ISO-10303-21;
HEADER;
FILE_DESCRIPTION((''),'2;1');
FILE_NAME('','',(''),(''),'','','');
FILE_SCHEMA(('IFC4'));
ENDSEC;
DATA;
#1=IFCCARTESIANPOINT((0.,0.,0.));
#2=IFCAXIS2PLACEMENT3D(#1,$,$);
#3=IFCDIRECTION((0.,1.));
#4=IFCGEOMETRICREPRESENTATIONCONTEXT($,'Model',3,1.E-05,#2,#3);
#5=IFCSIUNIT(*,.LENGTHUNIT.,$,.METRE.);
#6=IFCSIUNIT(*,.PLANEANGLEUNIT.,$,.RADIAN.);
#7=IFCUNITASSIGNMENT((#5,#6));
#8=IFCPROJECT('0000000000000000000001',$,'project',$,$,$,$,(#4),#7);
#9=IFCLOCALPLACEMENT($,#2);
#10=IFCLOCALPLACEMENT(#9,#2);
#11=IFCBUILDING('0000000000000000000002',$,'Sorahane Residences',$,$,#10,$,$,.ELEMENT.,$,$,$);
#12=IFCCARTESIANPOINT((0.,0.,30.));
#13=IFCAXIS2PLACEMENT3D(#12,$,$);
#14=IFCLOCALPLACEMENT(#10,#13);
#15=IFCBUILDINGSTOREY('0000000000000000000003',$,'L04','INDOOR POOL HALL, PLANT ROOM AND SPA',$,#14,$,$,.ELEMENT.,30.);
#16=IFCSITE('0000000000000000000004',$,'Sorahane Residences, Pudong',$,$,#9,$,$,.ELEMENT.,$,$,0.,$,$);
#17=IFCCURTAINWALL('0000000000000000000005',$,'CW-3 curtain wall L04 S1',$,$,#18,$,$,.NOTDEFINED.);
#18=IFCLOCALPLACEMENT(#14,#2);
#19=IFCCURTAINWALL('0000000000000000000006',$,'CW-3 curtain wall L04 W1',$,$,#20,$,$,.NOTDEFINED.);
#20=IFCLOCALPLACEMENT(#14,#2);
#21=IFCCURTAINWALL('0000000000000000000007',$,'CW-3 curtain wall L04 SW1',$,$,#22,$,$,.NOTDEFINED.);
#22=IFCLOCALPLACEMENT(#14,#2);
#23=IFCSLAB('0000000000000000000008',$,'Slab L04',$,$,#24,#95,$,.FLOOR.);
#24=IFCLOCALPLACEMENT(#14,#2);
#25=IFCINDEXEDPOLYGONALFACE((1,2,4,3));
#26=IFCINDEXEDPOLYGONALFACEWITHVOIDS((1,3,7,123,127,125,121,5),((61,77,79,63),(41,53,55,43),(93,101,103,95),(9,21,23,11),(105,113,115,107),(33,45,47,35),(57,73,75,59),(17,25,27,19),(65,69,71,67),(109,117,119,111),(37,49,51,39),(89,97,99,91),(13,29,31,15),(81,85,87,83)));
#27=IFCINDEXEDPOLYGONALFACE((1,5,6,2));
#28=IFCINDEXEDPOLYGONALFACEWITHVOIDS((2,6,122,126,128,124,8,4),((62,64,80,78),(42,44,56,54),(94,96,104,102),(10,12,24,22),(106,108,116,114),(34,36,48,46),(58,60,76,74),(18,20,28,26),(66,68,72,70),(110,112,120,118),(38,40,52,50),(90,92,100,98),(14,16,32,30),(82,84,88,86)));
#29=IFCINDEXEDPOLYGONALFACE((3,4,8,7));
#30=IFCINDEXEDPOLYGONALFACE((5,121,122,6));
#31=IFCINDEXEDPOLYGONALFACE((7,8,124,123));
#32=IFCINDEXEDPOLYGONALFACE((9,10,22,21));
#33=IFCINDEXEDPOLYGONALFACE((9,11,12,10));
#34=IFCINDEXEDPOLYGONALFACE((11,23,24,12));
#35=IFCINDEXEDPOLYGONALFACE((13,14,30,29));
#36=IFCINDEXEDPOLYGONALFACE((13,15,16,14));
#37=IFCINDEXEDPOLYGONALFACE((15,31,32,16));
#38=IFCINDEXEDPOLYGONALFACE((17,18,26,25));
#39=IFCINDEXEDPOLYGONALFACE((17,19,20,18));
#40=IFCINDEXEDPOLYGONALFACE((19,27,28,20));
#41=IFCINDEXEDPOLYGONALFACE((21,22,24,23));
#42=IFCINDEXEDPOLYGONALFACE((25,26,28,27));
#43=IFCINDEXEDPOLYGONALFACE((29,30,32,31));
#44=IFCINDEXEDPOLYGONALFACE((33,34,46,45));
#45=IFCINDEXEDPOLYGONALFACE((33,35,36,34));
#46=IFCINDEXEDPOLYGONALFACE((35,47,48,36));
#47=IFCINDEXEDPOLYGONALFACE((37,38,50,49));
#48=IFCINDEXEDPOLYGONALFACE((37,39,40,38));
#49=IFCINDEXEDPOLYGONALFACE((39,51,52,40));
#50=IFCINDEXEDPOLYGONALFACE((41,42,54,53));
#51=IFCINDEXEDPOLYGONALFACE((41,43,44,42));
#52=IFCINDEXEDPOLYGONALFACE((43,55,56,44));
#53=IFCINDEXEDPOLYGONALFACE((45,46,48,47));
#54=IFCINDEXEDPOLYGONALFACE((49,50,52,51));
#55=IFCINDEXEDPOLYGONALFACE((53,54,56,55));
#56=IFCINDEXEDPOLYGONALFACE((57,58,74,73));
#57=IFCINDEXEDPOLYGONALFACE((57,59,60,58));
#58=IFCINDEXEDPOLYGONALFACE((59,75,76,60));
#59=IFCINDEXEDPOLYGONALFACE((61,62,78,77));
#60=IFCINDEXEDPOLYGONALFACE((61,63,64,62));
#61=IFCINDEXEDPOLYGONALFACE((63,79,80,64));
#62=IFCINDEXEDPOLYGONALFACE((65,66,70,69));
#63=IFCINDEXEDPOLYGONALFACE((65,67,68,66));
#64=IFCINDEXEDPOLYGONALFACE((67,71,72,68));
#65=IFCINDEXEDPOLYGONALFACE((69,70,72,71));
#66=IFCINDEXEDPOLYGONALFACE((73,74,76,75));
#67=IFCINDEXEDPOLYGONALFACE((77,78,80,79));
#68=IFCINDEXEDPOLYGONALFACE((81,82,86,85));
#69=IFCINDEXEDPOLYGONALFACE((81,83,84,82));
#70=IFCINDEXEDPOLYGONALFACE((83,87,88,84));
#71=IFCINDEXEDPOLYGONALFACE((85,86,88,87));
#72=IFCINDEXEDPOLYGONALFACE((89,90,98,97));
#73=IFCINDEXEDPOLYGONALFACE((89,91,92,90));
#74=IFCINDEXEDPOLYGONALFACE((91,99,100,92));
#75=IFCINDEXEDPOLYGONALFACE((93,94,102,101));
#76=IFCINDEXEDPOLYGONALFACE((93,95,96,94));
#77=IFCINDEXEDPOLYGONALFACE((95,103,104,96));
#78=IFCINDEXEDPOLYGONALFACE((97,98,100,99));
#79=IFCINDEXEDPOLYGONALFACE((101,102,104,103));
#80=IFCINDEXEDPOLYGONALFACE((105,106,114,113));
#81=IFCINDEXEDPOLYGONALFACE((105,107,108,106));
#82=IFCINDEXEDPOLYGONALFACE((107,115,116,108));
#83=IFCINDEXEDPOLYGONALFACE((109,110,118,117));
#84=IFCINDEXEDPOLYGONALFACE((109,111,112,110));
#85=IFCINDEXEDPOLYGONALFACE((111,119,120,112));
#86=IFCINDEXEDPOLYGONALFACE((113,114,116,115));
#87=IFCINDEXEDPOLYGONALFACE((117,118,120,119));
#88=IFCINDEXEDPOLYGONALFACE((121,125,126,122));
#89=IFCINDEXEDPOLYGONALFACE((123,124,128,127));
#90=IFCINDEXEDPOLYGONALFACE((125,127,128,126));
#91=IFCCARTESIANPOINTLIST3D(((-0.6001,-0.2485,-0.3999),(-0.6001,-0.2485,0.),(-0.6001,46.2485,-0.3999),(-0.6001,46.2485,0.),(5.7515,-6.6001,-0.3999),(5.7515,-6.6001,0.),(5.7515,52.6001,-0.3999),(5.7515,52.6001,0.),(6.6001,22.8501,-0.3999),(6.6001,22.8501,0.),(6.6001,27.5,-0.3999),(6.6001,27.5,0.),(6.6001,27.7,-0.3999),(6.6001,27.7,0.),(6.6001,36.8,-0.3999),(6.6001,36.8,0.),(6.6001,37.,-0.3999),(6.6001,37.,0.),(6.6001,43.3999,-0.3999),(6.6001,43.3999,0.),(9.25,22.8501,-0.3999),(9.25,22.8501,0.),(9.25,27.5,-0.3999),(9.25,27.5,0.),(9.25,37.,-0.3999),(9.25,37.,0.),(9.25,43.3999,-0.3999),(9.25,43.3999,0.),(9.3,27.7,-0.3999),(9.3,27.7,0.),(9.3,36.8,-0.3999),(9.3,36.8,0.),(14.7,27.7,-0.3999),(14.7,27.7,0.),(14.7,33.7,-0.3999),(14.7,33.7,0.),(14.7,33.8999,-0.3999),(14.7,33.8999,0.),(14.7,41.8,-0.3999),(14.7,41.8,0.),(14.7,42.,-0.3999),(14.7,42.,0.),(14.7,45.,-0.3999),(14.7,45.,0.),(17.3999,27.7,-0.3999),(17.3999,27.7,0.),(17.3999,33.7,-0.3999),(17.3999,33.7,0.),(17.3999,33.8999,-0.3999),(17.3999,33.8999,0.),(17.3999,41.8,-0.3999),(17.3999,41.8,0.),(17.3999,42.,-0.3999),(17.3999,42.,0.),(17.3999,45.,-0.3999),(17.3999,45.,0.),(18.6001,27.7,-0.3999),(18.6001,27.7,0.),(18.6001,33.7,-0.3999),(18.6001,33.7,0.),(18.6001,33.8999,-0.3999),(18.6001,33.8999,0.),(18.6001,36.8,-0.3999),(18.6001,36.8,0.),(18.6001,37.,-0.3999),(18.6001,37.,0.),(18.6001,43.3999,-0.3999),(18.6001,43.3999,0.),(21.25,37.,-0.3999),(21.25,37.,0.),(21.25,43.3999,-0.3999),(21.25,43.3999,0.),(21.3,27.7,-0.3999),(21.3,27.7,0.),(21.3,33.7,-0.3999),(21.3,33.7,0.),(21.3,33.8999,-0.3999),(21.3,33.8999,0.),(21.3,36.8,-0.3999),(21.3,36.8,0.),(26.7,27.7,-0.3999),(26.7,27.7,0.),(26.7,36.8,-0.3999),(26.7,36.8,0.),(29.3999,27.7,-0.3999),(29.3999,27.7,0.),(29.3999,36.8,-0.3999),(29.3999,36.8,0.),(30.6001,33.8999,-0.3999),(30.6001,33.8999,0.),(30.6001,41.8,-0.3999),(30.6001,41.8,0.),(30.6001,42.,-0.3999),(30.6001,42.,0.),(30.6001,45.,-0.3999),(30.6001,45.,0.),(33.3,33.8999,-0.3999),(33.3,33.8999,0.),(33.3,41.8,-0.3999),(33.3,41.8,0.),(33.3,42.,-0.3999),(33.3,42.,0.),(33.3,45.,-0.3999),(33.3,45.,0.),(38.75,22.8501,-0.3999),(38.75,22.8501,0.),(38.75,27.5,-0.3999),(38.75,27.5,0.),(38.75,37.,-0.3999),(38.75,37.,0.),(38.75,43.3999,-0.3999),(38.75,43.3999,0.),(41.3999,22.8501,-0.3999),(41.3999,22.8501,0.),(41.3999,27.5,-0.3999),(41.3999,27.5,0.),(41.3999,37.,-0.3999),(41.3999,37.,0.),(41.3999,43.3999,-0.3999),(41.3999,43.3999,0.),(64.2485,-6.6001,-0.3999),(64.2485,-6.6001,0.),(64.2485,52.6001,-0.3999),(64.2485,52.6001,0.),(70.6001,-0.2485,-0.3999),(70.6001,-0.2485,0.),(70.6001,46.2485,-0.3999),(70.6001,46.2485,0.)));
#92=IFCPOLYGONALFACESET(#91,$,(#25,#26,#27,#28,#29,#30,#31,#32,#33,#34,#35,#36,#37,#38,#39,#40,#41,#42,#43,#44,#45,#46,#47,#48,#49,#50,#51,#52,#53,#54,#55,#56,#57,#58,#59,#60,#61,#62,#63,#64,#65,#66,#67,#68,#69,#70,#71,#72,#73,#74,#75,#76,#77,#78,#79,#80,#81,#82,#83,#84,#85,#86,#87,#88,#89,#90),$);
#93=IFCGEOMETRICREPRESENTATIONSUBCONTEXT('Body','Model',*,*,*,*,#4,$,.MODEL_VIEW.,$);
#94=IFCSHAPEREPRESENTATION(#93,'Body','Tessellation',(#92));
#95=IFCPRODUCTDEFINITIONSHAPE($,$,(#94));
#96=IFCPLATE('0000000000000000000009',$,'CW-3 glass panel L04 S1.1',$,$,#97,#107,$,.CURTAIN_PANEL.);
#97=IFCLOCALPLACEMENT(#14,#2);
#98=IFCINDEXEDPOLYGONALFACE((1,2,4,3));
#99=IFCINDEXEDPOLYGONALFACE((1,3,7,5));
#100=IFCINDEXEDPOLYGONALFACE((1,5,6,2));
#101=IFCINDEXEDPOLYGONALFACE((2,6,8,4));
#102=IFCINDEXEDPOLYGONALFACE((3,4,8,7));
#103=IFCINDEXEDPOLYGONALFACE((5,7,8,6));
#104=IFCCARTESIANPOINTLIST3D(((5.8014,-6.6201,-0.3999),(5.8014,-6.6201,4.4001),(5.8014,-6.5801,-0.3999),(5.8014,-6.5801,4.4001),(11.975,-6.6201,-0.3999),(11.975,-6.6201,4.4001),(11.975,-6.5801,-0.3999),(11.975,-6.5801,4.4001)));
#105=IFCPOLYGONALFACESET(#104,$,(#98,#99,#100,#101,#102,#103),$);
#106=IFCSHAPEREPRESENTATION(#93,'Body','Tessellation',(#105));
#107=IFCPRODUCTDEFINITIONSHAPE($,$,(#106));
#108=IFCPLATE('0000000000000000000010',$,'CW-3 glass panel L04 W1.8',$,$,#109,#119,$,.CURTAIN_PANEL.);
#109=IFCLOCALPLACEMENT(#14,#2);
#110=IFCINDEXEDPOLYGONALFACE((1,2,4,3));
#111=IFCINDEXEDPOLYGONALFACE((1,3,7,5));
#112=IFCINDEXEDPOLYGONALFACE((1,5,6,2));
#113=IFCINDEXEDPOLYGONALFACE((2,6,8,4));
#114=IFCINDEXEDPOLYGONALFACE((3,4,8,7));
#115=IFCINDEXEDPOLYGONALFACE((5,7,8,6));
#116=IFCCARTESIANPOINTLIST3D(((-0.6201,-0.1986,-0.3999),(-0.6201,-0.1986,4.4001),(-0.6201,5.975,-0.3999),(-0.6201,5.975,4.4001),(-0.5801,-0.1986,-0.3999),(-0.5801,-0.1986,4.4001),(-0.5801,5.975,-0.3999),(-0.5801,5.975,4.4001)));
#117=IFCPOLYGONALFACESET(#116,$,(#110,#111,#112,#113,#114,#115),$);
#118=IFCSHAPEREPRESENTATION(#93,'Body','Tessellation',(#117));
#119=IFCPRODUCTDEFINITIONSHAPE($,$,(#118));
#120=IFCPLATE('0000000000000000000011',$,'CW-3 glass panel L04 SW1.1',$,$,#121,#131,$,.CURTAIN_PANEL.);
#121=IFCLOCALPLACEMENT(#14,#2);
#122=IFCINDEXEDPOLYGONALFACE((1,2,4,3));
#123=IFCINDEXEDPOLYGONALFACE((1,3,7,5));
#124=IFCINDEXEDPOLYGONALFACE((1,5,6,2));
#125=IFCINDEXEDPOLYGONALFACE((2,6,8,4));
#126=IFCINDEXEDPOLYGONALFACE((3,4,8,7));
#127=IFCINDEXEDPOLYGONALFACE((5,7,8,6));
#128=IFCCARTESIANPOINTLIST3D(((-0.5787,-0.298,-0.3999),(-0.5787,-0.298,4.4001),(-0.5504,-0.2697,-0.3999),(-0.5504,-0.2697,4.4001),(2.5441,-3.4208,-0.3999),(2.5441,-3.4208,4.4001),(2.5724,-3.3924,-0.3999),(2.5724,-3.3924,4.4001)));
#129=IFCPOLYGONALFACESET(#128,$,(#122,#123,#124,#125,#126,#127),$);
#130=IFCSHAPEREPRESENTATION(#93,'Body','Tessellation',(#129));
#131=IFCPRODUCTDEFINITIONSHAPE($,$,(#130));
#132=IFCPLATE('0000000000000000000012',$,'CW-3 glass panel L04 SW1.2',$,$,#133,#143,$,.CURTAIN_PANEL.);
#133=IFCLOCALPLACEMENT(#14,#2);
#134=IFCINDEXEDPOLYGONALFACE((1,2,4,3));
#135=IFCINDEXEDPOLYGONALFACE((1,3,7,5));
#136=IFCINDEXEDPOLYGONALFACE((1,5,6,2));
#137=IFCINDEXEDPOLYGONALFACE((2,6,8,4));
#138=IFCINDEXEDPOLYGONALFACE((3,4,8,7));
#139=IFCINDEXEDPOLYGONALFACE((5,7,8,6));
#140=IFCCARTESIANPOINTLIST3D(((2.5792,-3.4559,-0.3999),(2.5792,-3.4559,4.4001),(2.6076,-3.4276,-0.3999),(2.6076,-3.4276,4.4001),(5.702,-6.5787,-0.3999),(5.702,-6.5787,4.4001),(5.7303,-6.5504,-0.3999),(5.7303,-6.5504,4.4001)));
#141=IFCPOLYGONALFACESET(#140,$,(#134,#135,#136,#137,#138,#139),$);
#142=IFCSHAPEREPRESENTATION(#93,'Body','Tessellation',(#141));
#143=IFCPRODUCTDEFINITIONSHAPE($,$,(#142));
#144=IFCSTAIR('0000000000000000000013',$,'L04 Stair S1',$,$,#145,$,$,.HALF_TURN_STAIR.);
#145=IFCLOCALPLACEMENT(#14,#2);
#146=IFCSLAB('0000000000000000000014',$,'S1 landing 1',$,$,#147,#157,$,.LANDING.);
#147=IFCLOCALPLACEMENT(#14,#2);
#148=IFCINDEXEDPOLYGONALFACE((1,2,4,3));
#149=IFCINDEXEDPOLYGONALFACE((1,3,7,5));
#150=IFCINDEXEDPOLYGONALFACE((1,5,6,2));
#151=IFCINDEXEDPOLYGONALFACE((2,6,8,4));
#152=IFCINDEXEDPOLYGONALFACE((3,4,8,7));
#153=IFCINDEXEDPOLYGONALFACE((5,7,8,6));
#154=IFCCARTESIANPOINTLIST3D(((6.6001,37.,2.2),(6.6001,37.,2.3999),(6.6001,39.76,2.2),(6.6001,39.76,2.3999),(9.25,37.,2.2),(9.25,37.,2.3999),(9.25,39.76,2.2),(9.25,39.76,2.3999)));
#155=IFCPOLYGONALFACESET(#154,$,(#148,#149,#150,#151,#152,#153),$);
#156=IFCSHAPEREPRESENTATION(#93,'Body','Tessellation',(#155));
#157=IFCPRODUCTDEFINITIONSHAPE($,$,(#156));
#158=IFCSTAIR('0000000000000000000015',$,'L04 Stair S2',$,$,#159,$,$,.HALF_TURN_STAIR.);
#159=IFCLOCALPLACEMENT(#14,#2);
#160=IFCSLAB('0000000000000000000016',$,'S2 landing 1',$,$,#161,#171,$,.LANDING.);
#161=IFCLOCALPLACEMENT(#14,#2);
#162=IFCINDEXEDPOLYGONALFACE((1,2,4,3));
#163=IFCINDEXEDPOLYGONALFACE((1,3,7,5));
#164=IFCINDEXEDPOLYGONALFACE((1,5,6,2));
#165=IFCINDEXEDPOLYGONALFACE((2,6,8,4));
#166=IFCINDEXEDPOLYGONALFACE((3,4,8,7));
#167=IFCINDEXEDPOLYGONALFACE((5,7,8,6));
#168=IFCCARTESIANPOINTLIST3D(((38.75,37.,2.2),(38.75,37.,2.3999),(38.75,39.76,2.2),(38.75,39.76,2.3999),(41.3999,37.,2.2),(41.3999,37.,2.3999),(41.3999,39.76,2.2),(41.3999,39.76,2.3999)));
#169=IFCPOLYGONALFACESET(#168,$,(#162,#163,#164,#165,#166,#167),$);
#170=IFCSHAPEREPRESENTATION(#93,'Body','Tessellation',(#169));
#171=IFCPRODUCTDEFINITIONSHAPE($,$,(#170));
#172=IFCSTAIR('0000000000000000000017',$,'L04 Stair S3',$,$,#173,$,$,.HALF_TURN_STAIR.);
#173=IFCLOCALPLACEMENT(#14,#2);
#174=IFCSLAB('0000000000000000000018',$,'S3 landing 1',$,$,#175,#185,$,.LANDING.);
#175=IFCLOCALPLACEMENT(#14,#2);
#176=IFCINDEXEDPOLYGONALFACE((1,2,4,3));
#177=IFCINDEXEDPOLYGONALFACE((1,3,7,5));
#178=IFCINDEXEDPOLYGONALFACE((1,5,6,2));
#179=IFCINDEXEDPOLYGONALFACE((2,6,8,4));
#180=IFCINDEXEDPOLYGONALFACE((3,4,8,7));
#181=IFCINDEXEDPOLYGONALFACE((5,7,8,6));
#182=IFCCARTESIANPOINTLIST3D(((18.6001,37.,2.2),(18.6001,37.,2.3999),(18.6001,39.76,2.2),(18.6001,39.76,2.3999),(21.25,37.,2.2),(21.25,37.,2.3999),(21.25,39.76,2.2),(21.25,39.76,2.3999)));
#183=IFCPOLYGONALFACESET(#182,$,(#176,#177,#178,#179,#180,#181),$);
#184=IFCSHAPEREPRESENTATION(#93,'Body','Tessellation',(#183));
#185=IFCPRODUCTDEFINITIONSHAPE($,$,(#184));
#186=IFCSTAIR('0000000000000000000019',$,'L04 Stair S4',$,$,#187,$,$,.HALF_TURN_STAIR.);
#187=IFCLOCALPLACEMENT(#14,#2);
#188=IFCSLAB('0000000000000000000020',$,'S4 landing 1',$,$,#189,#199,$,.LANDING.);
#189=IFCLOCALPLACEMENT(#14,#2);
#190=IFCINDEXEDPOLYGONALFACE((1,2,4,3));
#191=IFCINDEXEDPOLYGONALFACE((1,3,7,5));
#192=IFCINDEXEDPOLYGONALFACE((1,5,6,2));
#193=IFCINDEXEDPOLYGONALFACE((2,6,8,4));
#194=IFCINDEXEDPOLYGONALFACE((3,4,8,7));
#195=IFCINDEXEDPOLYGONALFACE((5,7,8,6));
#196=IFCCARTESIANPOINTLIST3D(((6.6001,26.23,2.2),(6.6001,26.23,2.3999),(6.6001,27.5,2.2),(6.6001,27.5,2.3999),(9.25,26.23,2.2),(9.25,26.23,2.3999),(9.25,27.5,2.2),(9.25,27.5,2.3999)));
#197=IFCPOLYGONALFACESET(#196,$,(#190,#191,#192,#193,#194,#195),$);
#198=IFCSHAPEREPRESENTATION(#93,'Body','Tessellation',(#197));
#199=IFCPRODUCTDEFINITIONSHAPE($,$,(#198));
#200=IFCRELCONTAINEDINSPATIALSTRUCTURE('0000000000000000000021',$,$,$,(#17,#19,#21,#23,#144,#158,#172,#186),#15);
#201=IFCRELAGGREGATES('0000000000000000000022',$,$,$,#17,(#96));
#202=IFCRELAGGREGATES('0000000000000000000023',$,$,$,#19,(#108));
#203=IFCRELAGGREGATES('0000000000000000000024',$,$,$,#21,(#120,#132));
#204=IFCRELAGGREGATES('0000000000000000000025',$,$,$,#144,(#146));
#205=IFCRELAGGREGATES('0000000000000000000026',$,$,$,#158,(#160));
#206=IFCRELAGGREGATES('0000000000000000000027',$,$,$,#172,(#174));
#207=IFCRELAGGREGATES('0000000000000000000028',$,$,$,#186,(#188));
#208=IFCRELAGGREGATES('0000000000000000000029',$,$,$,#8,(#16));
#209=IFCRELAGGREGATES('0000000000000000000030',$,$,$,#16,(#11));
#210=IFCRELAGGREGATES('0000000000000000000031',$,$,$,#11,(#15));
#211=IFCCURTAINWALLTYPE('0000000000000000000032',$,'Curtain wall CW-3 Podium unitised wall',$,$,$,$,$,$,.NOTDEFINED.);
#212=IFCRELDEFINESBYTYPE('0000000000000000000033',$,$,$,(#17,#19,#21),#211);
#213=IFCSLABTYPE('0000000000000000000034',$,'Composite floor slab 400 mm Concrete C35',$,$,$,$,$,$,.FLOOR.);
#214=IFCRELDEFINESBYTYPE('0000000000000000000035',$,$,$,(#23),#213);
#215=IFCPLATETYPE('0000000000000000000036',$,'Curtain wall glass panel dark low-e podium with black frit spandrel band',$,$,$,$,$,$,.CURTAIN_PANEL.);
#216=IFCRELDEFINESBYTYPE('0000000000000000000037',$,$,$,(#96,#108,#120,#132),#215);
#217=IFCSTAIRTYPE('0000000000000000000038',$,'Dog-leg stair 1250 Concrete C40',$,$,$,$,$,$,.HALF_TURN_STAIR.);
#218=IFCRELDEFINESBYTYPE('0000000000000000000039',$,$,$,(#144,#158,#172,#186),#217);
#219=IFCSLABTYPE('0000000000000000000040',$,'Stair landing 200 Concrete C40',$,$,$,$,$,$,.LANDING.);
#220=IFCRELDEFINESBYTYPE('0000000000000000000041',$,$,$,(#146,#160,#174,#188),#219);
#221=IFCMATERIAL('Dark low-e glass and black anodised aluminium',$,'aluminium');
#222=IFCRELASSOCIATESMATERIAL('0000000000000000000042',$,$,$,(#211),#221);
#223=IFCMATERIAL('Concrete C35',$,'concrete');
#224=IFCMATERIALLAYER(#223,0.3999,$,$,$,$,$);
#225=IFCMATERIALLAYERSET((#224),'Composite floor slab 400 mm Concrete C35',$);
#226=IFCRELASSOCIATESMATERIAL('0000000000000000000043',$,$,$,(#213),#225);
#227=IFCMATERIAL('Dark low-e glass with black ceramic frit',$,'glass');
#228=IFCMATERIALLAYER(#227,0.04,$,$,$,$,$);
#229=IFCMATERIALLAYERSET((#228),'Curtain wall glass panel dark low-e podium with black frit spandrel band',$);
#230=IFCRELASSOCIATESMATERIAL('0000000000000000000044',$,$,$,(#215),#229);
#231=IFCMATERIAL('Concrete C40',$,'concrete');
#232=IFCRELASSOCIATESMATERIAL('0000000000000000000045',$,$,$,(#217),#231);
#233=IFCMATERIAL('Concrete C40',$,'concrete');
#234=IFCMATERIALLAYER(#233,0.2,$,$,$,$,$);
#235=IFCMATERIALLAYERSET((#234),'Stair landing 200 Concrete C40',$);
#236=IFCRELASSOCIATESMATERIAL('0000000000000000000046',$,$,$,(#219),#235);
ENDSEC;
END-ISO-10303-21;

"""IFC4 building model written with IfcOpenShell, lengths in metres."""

from ifc_helpers import new_model, si_unit, direction, frame, origin, origin_2d, place, context, subcontext, project, spatial, polyline, rectangle, outline, extrude, material, layer, layer_set, type_object, element, aggregate, save


model = new_model("IFC4")

# Units and contexts
model_context = context("Model", 3, precision=1e-05, world=origin(), true_north=direction((0.0, 1.0)))
body_context = subcontext(model_context, "Body", "Model", "MODEL_VIEW")
ifc_project = project(units=[si_unit("LENGTHUNIT", "METRE"), si_unit("PLANEANGLEUNIT", "RADIAN")], contexts=[model_context])

# Site, building, storey
site_placement = place(None, origin())
site = spatial("IfcSite", under=ifc_project, at=site_placement, Name="Sorahane Residences, Pudong", CompositionType="ELEMENT", RefElevation=0.0)
building_placement = place(site_placement, origin())
building = spatial("IfcBuilding", under=site, at=building_placement, Name="Sorahane Residences", CompositionType="ELEMENT")
storey_placement = place(building_placement, frame((0.0, 0.0, 30.0)))
storey = spatial("IfcBuildingStorey", under=building, at=storey_placement, Name="L04", Description="INDOOR POOL HALL, PLANT ROOM AND SPA", CompositionType="ELEMENT", Elevation=30.0)

# Curtain walls
ifc_material_1 = material(Name="Dark low-e glass and black anodised aluminium", Category="aluminium")
curtain_wall_type = type_object("IfcCurtainWallType", Name="Curtain wall CW-3 Podium unitised wall", PredefinedType="NOTDEFINED", material=ifc_material_1)
curtain_wall_1_placement = place(storey_placement, origin())
curtain_wall_1 = element("IfcCurtainWall", 1, at=curtain_wall_1_placement, inside=storey, type_object=curtain_wall_type, Name="CW-3 curtain wall L04 S1", PredefinedType="NOTDEFINED")
curtain_wall_2_placement = place(storey_placement, origin())
curtain_wall_2 = element("IfcCurtainWall", 2, at=curtain_wall_2_placement, inside=storey, type_object=curtain_wall_type, Name="CW-3 curtain wall L04 W1", PredefinedType="NOTDEFINED")

# Curtain wall
curtain_wall_3_placement = place(storey_placement, origin())
curtain_wall_3 = element("IfcCurtainWall", 3, at=curtain_wall_3_placement, inside=storey, type_object=curtain_wall_type, Name="CW-3 curtain wall L04 SW1", PredefinedType="NOTDEFINED")

# Slab
ifc_material_2 = material(Name="Concrete C35", Category="concrete")
ifc_layer_1 = layer(ifc_material_2, 0.3999)
ifc_layer_set_1 = layer_set([ifc_layer_1], Name="Composite floor slab 400 mm Concrete C35")
slab_type_1 = type_object("IfcSlabType", Name="Composite floor slab 400 mm Concrete C35", PredefinedType="FLOOR", material=ifc_layer_set_1)
slab_1_placement = place(storey_placement, frame((0.0, 0.0, -0.3999)))
element("IfcSlab", 4, at=slab_1_placement, inside=storey, type_object=slab_type_1, Name="Slab L04", PredefinedType="FLOOR", context=body_context, shape_type="SweptSolid", body=[
    extrude(outline(polyline([(5.7515, -6.6001), (-0.6001, -0.2485), (-0.6001, 46.2485), (5.7515, 52.6001), (64.2485, 52.6001), (70.6001, 46.2485), (70.6001, -0.2485), (64.2485, -6.6001), (5.7515, -6.6001)]), holes=[polyline([(18.6001, 27.7), (21.3, 27.7), (21.3, 33.7), (18.6001, 33.7), (18.6001, 27.7)]), polyline([(30.6001, 42.0), (33.3, 42.0), (33.3, 45.0), (30.6001, 45.0), (30.6001, 42.0)]), polyline([(14.7, 27.7), (17.3999, 27.7), (17.3999, 33.7), (14.7, 33.7), (14.7, 27.7)]), polyline([(14.7, 42.0), (17.3999, 42.0), (17.3999, 45.0), (14.7, 45.0), (14.7, 42.0)]), polyline([(6.6001, 27.7), (9.3, 27.7), (9.3, 36.8), (6.6001, 36.8), (6.6001, 27.7)]), polyline([(6.6001, 43.3999), (6.6001, 37.0), (9.25, 37.0), (9.25, 43.3999), (6.6001, 43.3999)]), polyline([(38.75, 43.3999), (38.75, 37.0), (41.3999, 37.0), (41.3999, 43.3999), (38.75, 43.3999)]), polyline([(18.6001, 43.3999), (18.6001, 37.0), (21.25, 37.0), (21.25, 43.3999), (18.6001, 43.3999)]), polyline([(9.25, 22.8501), (9.25, 27.5), (6.6001, 27.5), (6.6001, 22.8501), (9.25, 22.8501)]), polyline([(41.3999, 22.8501), (41.3999, 27.5), (38.75, 27.5), (38.75, 22.8501), (41.3999, 22.8501)]), polyline([(14.7, 33.8999), (17.3999, 33.8999), (17.3999, 41.8), (14.7, 41.8), (14.7, 33.8999)]), polyline([(30.6001, 33.8999), (33.3, 33.8999), (33.3, 41.8), (30.6001, 41.8), (30.6001, 33.8999)]), polyline([(18.6001, 33.8999), (21.3, 33.8999), (21.3, 36.8), (18.6001, 36.8), (18.6001, 33.8999)]), polyline([(26.7, 27.7), (29.3999, 27.7), (29.3999, 36.8), (26.7, 36.8), (26.7, 27.7)])]), origin(), (0.0, 0.0, 1.0), 0.3999),
])

# Plates
ifc_material_3 = material(Name="Dark low-e glass with black ceramic frit", Category="glass")
ifc_layer_2 = layer(ifc_material_3, 0.04)
ifc_layer_set_2 = layer_set([ifc_layer_2], Name="Curtain wall glass panel dark low-e podium with black frit spandrel band")
plate_type = type_object("IfcPlateType", Name="Curtain wall glass panel dark low-e podium with black frit spandrel band", PredefinedType="CURTAIN_PANEL", material=ifc_layer_set_2)
plate_1_placement = place(storey_placement, frame((8.8882, -6.6001, -0.3999), z_axis=(0.0, 0.0, 1.0), x_axis=(1.0, 0.0, 0.0)))
plate_1 = element("IfcPlate", 5, at=plate_1_placement, type_object=plate_type, Name="CW-3 glass panel L04 S1.1", PredefinedType="CURTAIN_PANEL", context=body_context, shape_type="SweptSolid", body=[
    extrude(rectangle(XDim=6.1736, YDim=0.04, at=origin_2d()), origin(), (0.0, 0.0, 1.0), 4.8),
])
aggregate(curtain_wall_1, [plate_1])
plate_2_placement = place(storey_placement, frame((-0.6001, 2.8882, -0.3999), z_axis=(0.0, 0.0, 1.0), x_axis=(0.0, -1.0, 0.0)))
plate_2 = element("IfcPlate", 6, at=plate_2_placement, type_object=plate_type, Name="CW-3 glass panel L04 W1.8", PredefinedType="CURTAIN_PANEL", context=body_context, shape_type="SweptSolid", body=[
    extrude(rectangle(XDim=6.1736, YDim=0.04, at=origin_2d()), origin(), (0.0, 0.0, 1.0), 4.8),
])
aggregate(curtain_wall_2, [plate_2])
plate_3_placement = place(storey_placement, frame((0.9968, -1.8452, -0.3999), z_axis=(0.0, 0.0, 1.0), x_axis=(0.707107, -0.707107, 0.0)))
plate_3 = element("IfcPlate", 7, at=plate_3_placement, type_object=plate_type, Name="CW-3 glass panel L04 SW1.1", PredefinedType="CURTAIN_PANEL", context=body_context, shape_type="SweptSolid", body=[
    extrude(rectangle(XDim=4.4163, YDim=0.04, at=origin_2d()), origin(), (0.0, 0.0, 1.0), 4.8),
])
plate_4_placement = place(storey_placement, frame((4.1548, -5.0032, -0.3999), z_axis=(0.0, 0.0, 1.0), x_axis=(0.707107, -0.707107, 0.0)))
plate_4 = element("IfcPlate", 8, at=plate_4_placement, type_object=plate_type, Name="CW-3 glass panel L04 SW1.2", PredefinedType="CURTAIN_PANEL", context=body_context, shape_type="SweptSolid", body=[
    extrude(rectangle(XDim=4.4163, YDim=0.04, at=origin_2d()), origin(), (0.0, 0.0, 1.0), 4.8),
])
aggregate(curtain_wall_3, [plate_3, plate_4])

# Stairs, slabs
ifc_material_4 = material(Name="Concrete C40", Category="concrete")
stair_type = type_object("IfcStairType", Name="Dog-leg stair 1250 Concrete C40", PredefinedType="HALF_TURN_STAIR", material=ifc_material_4)
stair_1_placement = place(storey_placement, origin())
stair_1 = element("IfcStair", 9, at=stair_1_placement, inside=storey, type_object=stair_type, Name="L04 Stair S1", PredefinedType="HALF_TURN_STAIR")
ifc_material_5 = material(Name="Concrete C40", Category="concrete")
ifc_layer_3 = layer(ifc_material_5, 0.2)
ifc_layer_set_3 = layer_set([ifc_layer_3], Name="Stair landing 200 Concrete C40")
slab_type_2 = type_object("IfcSlabType", Name="Stair landing 200 Concrete C40", PredefinedType="LANDING", material=ifc_layer_set_3)
slab_2_placement = place(storey_placement, frame((0.0, 0.0, 2.2)))
slab_2 = element("IfcSlab", 10, at=slab_2_placement, type_object=slab_type_2, Name="S1 landing 1", PredefinedType="LANDING", context=body_context, shape_type="SweptSolid", body=[
    extrude(outline(polyline([(6.6001, 39.76), (6.6001, 37.0), (9.25, 37.0), (9.25, 39.76), (6.6001, 39.76)])), origin(), (0.0, 0.0, 1.0), 0.2),
])
aggregate(stair_1, [slab_2])
stair_2_placement = place(storey_placement, origin())
stair_2 = element("IfcStair", 11, at=stair_2_placement, inside=storey, type_object=stair_type, Name="L04 Stair S2", PredefinedType="HALF_TURN_STAIR")
slab_3_placement = place(storey_placement, frame((0.0, 0.0, 2.2)))
slab_3 = element("IfcSlab", 12, at=slab_3_placement, type_object=slab_type_2, Name="S2 landing 1", PredefinedType="LANDING", context=body_context, shape_type="SweptSolid", body=[
    extrude(outline(polyline([(38.75, 39.76), (38.75, 37.0), (41.3999, 37.0), (41.3999, 39.76), (38.75, 39.76)])), origin(), (0.0, 0.0, 1.0), 0.2),
])
aggregate(stair_2, [slab_3])
stair_3_placement = place(storey_placement, origin())
stair_3 = element("IfcStair", 13, at=stair_3_placement, inside=storey, type_object=stair_type, Name="L04 Stair S3", PredefinedType="HALF_TURN_STAIR")
slab_4_placement = place(storey_placement, frame((0.0, 0.0, 2.2)))
slab_4 = element("IfcSlab", 14, at=slab_4_placement, type_object=slab_type_2, Name="S3 landing 1", PredefinedType="LANDING", context=body_context, shape_type="SweptSolid", body=[
    extrude(outline(polyline([(18.6001, 39.76), (18.6001, 37.0), (21.25, 37.0), (21.25, 39.76), (18.6001, 39.76)])), origin(), (0.0, 0.0, 1.0), 0.2),
])
aggregate(stair_3, [slab_4])
stair_4_placement = place(storey_placement, origin())
stair_4 = element("IfcStair", 15, at=stair_4_placement, inside=storey, type_object=stair_type, Name="L04 Stair S4", PredefinedType="HALF_TURN_STAIR")
slab_5_placement = place(storey_placement, frame((0.0, 0.0, 2.2)))
slab_5 = element("IfcSlab", 16, at=slab_5_placement, type_object=slab_type_2, Name="S4 landing 1", PredefinedType="LANDING", context=body_context, shape_type="SweptSolid", body=[
    extrude(outline(polyline([(9.25, 26.23), (9.25, 27.5), (6.6001, 27.5), (6.6001, 26.23), (9.25, 26.23)])), origin(), (0.0, 0.0, 1.0), 0.2),
])
aggregate(stair_4, [slab_5])

save(model, "model.ifc")
